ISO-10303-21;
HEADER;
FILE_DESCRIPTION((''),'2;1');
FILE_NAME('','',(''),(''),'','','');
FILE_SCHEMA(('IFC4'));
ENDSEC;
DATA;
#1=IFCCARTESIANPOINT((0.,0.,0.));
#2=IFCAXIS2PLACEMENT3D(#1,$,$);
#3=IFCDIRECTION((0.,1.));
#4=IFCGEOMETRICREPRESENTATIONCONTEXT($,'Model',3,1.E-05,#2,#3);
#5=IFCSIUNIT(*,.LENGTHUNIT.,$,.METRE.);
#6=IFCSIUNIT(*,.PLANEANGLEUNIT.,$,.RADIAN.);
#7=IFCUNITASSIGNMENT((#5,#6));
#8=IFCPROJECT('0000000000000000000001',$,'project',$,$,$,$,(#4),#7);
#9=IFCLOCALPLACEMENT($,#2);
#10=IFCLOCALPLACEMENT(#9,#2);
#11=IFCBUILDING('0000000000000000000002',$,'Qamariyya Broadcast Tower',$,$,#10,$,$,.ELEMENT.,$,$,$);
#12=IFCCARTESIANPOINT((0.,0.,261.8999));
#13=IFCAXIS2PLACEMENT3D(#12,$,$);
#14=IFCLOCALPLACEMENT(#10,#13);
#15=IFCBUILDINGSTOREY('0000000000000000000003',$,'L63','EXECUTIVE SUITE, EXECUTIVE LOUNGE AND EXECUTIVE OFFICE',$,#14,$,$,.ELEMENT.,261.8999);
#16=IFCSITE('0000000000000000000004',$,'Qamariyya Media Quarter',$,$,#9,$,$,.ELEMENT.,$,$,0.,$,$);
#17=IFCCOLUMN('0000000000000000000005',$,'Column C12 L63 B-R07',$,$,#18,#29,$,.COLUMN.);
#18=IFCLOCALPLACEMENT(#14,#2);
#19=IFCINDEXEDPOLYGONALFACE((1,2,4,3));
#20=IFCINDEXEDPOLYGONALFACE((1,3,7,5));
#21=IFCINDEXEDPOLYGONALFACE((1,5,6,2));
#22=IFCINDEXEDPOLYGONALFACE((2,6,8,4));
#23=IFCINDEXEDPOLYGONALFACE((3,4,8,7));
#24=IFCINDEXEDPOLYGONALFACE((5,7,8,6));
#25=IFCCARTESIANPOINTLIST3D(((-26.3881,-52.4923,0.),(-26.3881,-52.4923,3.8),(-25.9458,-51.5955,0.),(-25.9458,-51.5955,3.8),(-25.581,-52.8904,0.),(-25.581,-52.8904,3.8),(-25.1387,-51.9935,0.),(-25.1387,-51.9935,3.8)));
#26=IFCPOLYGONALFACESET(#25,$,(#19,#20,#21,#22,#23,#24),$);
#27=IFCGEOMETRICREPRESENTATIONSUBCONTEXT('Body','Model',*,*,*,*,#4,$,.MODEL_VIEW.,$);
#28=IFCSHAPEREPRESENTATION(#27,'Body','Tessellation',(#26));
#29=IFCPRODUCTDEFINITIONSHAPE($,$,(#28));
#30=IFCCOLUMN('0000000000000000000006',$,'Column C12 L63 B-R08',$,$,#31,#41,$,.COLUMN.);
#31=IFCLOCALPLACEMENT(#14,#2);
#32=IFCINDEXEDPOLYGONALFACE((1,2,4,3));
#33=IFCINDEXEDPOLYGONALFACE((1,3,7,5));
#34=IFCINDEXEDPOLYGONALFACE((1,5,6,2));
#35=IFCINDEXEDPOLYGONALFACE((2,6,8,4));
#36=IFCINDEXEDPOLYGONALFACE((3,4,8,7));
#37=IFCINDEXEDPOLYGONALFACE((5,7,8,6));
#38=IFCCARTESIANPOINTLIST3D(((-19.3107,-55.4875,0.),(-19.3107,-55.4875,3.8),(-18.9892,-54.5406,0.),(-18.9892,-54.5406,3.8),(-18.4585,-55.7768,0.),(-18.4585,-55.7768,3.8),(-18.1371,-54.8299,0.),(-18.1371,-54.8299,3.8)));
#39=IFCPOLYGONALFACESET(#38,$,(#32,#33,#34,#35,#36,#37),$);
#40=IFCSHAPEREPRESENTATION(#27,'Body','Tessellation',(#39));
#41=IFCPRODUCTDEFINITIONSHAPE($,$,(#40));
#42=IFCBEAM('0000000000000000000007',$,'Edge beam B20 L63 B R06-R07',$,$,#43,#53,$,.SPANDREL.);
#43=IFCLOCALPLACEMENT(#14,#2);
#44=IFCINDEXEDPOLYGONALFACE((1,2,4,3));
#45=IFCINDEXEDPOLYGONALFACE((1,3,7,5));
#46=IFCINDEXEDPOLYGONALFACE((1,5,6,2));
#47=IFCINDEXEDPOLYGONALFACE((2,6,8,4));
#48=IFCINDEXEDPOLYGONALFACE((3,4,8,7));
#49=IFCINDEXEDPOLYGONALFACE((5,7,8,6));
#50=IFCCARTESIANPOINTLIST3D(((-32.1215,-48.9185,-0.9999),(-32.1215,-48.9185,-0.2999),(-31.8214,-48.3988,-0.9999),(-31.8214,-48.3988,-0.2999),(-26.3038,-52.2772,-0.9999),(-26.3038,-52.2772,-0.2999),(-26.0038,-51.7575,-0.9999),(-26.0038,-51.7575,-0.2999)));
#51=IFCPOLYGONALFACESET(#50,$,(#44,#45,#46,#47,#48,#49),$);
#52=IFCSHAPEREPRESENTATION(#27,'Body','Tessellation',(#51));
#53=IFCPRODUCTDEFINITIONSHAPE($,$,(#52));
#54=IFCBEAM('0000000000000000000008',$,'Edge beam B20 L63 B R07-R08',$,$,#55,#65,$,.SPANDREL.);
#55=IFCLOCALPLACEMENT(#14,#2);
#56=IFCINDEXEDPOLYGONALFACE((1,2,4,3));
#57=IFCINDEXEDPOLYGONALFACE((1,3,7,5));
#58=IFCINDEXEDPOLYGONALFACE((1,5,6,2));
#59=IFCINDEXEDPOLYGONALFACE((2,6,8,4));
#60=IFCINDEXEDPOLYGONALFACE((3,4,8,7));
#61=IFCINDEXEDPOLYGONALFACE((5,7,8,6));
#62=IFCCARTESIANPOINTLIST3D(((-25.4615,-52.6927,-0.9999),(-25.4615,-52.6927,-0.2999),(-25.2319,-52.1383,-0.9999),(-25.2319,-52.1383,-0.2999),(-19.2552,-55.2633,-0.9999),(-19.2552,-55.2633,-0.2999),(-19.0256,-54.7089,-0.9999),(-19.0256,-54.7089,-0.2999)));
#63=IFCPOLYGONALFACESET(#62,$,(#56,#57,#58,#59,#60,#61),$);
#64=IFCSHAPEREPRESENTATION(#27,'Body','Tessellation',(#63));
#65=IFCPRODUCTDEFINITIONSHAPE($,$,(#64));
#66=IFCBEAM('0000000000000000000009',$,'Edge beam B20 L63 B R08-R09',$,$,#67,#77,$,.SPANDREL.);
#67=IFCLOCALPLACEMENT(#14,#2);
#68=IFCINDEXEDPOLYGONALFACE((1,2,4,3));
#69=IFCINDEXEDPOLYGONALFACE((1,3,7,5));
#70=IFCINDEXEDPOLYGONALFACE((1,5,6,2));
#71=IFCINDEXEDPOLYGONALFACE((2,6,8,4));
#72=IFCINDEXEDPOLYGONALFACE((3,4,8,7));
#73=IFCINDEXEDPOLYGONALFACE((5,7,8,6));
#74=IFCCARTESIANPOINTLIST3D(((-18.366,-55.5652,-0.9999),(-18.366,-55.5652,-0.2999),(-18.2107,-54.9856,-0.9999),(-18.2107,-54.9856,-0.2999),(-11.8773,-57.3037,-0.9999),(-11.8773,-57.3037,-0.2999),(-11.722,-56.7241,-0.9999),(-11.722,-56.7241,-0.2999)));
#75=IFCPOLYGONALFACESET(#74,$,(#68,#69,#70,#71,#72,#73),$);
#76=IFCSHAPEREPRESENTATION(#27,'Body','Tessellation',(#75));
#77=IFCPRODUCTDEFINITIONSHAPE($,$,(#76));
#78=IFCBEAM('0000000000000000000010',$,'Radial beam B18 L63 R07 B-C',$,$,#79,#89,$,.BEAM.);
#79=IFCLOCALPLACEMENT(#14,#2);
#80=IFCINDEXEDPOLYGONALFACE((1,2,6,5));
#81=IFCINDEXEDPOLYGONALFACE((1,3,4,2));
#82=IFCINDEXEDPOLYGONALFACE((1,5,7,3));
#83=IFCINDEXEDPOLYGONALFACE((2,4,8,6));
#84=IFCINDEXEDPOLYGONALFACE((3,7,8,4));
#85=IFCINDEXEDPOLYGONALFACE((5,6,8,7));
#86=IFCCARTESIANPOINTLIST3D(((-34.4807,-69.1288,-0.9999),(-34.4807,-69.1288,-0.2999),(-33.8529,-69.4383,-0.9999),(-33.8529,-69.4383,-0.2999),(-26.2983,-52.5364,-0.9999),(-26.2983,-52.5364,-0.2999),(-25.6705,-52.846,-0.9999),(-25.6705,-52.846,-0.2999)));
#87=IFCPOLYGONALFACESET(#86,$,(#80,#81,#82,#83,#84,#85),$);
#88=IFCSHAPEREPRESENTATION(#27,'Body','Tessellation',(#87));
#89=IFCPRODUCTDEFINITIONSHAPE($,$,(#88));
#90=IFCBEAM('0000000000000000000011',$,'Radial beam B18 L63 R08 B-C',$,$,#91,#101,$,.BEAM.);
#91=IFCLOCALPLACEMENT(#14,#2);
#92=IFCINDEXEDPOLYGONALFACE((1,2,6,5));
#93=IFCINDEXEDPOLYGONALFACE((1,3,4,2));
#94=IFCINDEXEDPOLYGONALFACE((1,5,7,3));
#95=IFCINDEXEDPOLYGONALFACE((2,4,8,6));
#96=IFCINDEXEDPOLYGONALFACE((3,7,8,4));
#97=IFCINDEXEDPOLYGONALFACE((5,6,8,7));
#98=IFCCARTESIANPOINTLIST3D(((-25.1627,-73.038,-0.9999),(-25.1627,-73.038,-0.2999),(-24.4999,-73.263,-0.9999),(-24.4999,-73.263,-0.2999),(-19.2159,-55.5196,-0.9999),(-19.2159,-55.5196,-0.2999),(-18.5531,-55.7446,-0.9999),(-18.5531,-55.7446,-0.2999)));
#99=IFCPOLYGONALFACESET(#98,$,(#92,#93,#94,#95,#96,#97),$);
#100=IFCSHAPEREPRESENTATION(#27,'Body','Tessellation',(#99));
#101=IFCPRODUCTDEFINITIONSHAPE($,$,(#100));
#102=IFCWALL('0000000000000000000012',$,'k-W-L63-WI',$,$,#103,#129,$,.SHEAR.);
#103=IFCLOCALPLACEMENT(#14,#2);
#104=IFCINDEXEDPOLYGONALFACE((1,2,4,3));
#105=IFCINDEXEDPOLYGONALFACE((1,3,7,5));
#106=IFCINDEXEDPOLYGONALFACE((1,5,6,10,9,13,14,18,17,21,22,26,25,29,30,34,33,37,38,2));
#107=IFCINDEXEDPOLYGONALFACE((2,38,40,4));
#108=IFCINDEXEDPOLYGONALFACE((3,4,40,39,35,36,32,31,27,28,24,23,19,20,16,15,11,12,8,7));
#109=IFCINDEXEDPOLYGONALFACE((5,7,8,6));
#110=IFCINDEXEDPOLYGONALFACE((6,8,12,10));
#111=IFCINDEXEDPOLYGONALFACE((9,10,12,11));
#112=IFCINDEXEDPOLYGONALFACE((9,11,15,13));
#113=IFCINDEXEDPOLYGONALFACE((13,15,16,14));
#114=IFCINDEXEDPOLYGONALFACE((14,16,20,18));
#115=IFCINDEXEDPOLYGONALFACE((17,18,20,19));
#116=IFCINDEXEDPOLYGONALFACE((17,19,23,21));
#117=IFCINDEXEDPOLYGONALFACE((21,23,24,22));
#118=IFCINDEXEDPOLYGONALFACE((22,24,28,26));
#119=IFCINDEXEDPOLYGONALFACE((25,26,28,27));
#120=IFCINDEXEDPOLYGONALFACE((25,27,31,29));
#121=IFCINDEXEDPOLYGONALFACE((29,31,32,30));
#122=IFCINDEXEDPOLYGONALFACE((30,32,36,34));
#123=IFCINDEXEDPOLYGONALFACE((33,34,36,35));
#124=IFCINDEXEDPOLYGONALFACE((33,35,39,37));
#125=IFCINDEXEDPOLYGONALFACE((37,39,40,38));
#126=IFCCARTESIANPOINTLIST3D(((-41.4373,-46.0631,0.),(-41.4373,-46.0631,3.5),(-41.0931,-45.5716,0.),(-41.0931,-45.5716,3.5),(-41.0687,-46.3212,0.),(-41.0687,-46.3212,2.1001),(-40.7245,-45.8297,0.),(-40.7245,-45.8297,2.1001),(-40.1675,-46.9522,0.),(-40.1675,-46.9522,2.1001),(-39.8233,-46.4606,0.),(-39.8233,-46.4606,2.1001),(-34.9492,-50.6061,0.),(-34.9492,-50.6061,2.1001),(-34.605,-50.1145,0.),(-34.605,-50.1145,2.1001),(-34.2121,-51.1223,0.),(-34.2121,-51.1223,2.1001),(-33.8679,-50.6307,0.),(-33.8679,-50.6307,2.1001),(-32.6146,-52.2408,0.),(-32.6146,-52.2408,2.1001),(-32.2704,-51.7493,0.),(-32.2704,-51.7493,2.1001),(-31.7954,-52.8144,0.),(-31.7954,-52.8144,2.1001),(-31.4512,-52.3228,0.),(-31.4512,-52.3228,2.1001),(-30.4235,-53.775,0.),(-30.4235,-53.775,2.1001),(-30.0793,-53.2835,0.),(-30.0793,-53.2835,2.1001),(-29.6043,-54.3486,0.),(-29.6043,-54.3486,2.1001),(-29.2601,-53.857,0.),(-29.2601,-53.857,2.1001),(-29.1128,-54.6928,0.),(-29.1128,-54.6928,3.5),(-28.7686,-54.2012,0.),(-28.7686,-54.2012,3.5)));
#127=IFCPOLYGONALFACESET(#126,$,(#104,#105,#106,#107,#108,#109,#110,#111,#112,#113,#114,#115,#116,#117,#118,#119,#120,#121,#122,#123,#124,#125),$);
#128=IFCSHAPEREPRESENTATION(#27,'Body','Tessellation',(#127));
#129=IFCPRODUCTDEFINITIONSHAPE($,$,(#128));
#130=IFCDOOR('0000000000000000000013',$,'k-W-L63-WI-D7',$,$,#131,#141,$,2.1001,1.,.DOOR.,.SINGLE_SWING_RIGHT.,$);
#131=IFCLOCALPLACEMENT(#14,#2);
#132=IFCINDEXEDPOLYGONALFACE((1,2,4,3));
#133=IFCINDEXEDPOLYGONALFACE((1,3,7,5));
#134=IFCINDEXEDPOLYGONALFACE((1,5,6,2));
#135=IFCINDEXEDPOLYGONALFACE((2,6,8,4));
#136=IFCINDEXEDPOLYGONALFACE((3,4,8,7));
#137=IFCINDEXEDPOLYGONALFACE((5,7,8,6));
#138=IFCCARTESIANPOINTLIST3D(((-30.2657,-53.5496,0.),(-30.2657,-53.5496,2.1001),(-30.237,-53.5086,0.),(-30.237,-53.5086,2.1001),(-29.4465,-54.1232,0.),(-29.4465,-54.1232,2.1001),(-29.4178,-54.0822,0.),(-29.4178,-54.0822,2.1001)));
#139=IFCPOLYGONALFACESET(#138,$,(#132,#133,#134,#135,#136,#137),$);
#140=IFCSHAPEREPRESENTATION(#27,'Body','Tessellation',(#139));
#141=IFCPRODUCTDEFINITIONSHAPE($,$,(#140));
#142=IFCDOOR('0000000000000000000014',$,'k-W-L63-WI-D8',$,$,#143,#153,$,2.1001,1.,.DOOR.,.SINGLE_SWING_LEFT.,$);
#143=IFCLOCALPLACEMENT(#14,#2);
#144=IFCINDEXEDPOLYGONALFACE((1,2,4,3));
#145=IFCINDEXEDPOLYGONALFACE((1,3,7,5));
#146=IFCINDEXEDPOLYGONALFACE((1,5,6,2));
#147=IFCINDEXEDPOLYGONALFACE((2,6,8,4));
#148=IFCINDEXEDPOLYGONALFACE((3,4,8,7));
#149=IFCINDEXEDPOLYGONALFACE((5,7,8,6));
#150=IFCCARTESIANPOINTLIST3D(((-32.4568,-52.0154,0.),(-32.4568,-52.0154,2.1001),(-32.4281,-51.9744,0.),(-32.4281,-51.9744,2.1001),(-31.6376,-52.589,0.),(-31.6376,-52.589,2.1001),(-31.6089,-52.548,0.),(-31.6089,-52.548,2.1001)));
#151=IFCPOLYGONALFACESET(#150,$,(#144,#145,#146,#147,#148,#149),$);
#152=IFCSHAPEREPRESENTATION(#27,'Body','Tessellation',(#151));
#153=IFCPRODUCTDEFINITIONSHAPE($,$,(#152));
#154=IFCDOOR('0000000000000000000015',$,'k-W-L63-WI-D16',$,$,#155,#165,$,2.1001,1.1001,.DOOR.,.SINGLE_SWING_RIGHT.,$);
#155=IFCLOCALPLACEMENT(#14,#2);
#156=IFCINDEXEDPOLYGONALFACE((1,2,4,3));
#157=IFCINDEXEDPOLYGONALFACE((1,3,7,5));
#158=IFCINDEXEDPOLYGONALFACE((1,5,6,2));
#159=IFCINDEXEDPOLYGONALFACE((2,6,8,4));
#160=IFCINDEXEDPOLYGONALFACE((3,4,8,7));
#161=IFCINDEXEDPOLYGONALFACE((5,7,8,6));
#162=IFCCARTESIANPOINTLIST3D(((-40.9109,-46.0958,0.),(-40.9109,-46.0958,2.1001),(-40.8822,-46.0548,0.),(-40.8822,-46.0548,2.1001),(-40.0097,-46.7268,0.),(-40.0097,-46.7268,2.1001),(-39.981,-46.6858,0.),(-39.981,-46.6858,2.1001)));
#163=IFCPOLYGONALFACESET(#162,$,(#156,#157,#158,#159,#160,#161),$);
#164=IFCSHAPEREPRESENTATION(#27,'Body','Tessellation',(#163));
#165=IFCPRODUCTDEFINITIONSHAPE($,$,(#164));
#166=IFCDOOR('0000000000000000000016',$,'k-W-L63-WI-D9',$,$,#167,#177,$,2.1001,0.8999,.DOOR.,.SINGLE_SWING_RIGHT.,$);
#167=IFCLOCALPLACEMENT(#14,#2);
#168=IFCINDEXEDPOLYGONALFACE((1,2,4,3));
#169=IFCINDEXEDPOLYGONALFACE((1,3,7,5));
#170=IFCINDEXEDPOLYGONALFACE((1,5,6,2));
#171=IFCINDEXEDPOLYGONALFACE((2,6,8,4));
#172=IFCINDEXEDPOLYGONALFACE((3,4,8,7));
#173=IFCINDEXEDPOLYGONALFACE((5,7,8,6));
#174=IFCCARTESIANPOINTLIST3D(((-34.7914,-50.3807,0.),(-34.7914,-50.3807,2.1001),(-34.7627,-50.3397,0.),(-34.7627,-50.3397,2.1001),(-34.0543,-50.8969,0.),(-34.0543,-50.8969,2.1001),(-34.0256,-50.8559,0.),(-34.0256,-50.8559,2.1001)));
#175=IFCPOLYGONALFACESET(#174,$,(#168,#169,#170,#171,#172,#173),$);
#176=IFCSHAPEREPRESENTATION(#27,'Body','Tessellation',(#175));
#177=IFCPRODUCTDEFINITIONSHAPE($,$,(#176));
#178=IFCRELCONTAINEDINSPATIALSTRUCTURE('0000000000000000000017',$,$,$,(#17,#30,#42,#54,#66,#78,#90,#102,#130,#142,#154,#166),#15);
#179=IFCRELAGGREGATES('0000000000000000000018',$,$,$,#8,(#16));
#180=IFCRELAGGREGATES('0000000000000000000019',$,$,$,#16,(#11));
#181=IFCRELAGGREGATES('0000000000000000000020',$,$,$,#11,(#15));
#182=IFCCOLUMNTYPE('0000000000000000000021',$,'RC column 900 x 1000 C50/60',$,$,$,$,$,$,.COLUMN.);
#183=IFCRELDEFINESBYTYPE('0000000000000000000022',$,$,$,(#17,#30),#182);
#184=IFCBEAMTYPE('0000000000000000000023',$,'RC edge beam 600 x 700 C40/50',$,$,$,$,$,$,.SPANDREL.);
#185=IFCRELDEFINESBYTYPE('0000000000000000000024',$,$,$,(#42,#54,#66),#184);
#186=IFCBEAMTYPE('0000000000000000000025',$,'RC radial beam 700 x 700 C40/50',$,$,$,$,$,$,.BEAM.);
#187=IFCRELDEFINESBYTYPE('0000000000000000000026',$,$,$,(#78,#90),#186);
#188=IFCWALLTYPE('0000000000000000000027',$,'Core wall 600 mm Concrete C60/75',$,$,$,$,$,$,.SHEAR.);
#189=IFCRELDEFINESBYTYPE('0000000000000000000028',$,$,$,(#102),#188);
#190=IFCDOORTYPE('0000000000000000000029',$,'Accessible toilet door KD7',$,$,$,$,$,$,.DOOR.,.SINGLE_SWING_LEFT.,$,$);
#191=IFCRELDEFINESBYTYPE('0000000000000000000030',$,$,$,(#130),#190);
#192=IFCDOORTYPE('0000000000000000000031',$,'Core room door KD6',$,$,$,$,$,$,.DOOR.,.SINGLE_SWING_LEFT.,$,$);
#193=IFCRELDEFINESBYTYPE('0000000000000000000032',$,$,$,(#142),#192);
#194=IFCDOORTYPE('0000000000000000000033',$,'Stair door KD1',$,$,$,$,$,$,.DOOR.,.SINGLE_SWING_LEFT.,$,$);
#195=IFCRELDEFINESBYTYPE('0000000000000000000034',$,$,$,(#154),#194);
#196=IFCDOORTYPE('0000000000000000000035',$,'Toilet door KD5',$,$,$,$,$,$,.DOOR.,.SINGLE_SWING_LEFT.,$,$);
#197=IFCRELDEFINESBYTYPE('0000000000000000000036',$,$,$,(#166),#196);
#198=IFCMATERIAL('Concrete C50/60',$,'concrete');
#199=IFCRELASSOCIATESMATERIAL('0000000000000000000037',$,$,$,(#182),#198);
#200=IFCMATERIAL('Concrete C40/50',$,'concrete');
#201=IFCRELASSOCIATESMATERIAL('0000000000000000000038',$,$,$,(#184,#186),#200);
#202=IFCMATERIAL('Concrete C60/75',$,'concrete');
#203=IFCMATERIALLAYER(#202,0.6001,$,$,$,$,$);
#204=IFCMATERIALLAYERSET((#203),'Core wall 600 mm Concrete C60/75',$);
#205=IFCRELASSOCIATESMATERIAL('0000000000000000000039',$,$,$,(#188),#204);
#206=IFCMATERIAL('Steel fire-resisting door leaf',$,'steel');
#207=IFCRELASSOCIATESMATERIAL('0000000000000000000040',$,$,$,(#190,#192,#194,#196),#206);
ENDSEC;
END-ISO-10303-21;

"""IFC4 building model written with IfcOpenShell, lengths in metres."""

from ifc_helpers import new_model, si_unit, direction, frame, frame_2d, origin, origin_2d, place, context, subcontext, project, spatial, rectangle, extrude, material, layer, layer_set, material_profile, profile_set, type_object, element, fill, save


model = new_model("IFC4")

# Units and contexts
model_context = context("Model", 3, precision=1e-05, world=origin(), true_north=direction((0.0, 1.0)))
body_context = subcontext(model_context, "Body", "Model", "MODEL_VIEW")
ifc_project = project(units=[si_unit("LENGTHUNIT", "METRE"), si_unit("PLANEANGLEUNIT", "RADIAN")], contexts=[model_context])

# Site, building, storey
site_placement = place(None, origin())
site = spatial("IfcSite", under=ifc_project, at=site_placement, Name="Qamariyya Media Quarter", CompositionType="ELEMENT", RefElevation=0.0)
building_placement = place(site_placement, origin())
building = spatial("IfcBuilding", under=site, at=building_placement, Name="Qamariyya Broadcast Tower", CompositionType="ELEMENT")
storey_placement = place(building_placement, frame((0.0, 0.0, 261.8999)))
storey = spatial("IfcBuildingStorey", under=building, at=storey_placement, Name="L63", Description="EXECUTIVE SUITE, EXECUTIVE LOUNGE AND EXECUTIVE OFFICE", CompositionType="ELEMENT", Elevation=261.8999)

# Columns
ifc_material_1 = material(Name="Concrete C50/60", Category="concrete")
ifc_material_profile_1 = material_profile(ifc_material_1, rectangle(XDim=0.8999, YDim=1.0, at=origin_2d()))
ifc_profile_set_1 = profile_set([ifc_material_profile_1], Name="Concrete C50/60")
column_type = type_object("IfcColumnType", Name="RC column 900 x 1000 C50/60", PredefinedType="COLUMN", material=ifc_profile_set_1)
for number, where, z_axis, x_axis, name in (
    (1, (-25.7634, -52.2429, 0.0), (0.0, 0.0, 1.0), (0.896873, -0.442289, 0.0), "Column C12 L63 B-R07"),
    (2, (-18.7239, -55.1587, 0.0), (0.0, 0.0, 1.0), (0.94693, -0.321439, 0.0), "Column C12 L63 B-R08"),
):
    element("IfcColumn", number, at=place(storey_placement, frame(where, z_axis=z_axis, x_axis=x_axis)), inside=storey, type_object=column_type, Name=name, PredefinedType="COLUMN", context=body_context, shape_type="SweptSolid", body=[
        extrude(rectangle(XDim=0.8999, YDim=1.0, at=origin_2d()), origin(), (0.0, 0.0, 1.0), 3.8),
    ])

# Beams
ifc_material_2 = material(Name="Concrete C40/50", Category="concrete")
ifc_material_profile_2 = material_profile(ifc_material_2, rectangle(XDim=0.6001, YDim=0.7, at=origin_2d()))
ifc_profile_set_2 = profile_set([ifc_material_profile_2], Name="Concrete C40/50")
beam_type_1 = type_object("IfcBeamType", Name="RC edge beam 600 x 700 C40/50", PredefinedType="SPANDREL", material=ifc_profile_set_2)
for number, where, z_axis, x_axis, name in (
    (3, (-31.9714, -48.6587, -0.6499), (0.866036, -0.499981, 0.0), (0.499981, 0.866036, 0.0), "Edge beam B20 L63 B R06-R07"),
    (4, (-25.3467, -52.4155, -0.6499), (0.923889, -0.382661, 0.0), (0.382661, 0.923889, 0.0), "Edge beam B20 L63 B R07-R08"),
    (5, (-18.2883, -55.2754, -0.6499), (0.965931, -0.2588, 0.0), (0.2588, 0.965931, 0.0), "Edge beam B20 L63 B R08-R09"),
):
    element("IfcBeam", number, at=place(storey_placement, frame(where, z_axis=z_axis, x_axis=x_axis)), inside=storey, type_object=beam_type_1, Name=name, PredefinedType="SPANDREL", context=body_context, shape_type="SweptSolid", body=[
        extrude(rectangle(XDim=0.6001, YDim=0.7, at=origin_2d()), origin(), (0.0, 0.0, 1.0), 6.7175),
    ])
ifc_material_profile_3 = material_profile(ifc_material_2, rectangle(XDim=0.7, YDim=0.7, at=origin_2d()))
ifc_profile_set_3 = profile_set([ifc_material_profile_3], Name="Concrete C40/50")
beam_type_2 = type_object("IfcBeamType", Name="RC radial beam 700 x 700 C40/50", PredefinedType="BEAM", material=ifc_profile_set_3)
for number, where, z_axis, x_axis, name in (
    (6, (-25.9844, -52.6912, -0.6499), (-0.442287, -0.896874, 0.0), (0.896874, -0.442287, 0.0), "Radial beam B18 L63 R07 B-C"),
    (7, (-18.8845, -55.6321, -0.6499), (-0.321445, -0.946928, 0.0), (0.946928, -0.321445, 0.0), "Radial beam B18 L63 R08 B-C"),
):
    element("IfcBeam", number, at=place(storey_placement, frame(where, z_axis=z_axis, x_axis=x_axis)), inside=storey, type_object=beam_type_2, Name=name, PredefinedType="BEAM", context=body_context, shape_type="SweptSolid", body=[
        extrude(rectangle(XDim=0.7, YDim=0.7, at=origin_2d()), origin(), (0.0, 0.0, 1.0), 18.5002),
    ])

# Wall, openings, doors
ifc_material_3 = material(Name="Concrete C60/75", Category="concrete")
ifc_layer_1 = layer(ifc_material_3, 0.6001)
ifc_layer_set_1 = layer_set([ifc_layer_1], Name="Core wall 600 mm Concrete C60/75")
wall_type_1 = type_object("IfcWallType", Name="Core wall 600 mm Concrete C60/75", PredefinedType="SHEAR", material=ifc_layer_set_1)
wall_1_placement = place(storey_placement, frame((-28.9407, -54.447, 0.0), z_axis=(0.0, 0.0, 1.0), x_axis=(-0.819153, 0.573575, 0.0)))
wall_1 = element("IfcWall", 8, at=wall_1_placement, inside=storey, type_object=wall_type_1, Name="k-W-L63-WI", PredefinedType="SHEAR", context=body_context, shape_type="SweptSolid", body=[
    extrude(rectangle(XDim=15.0454, YDim=0.6001, at=frame_2d((7.5227, 0.0))), origin(), (0.0, 0.0, 1.0), 3.5),
])
opening_1_placement = place(wall_1_placement, frame((0.6001, 0.0, 0.0)))
opening_1 = element("IfcOpeningElement", 9, at=opening_1_placement, cuts=wall_1, PredefinedType="OPENING", context=body_context, shape_type="SweptSolid", body=[
    extrude(rectangle(XDim=1.0, YDim=2.1001, at=frame_2d((0.5, 1.05))), frame((0.0, 0.3101, 0.0), z_axis=(0.0, -1.0, 0.0), x_axis=(1.0, 0.0, 0.0)), (0.0, 0.0, 1.0), 0.6201),
])
opening_2_placement = place(wall_1_placement, frame((3.2749, 0.0, 0.0)))
opening_2 = element("IfcOpeningElement", 10, at=opening_2_placement, cuts=wall_1, PredefinedType="OPENING", context=body_context, shape_type="SweptSolid", body=[
    extrude(rectangle(XDim=1.0, YDim=2.1001, at=frame_2d((0.5, 1.05))), frame((0.0, 0.3101, 0.0), z_axis=(0.0, -1.0, 0.0), x_axis=(1.0, 0.0, 0.0)), (0.0, 0.0, 1.0), 0.6201),
])
opening_3_placement = place(wall_1_placement, frame((6.2251, 0.0, 0.0)))
opening_3 = element("IfcOpeningElement", 11, at=opening_3_placement, cuts=wall_1, PredefinedType="OPENING", context=body_context, shape_type="SweptSolid", body=[
    extrude(rectangle(XDim=0.8999, YDim=2.1001, at=frame_2d((0.45, 1.05))), frame((0.0, 0.3101, 0.0), z_axis=(0.0, -1.0, 0.0), x_axis=(1.0, 0.0, 0.0)), (0.0, 0.0, 1.0), 0.6201),
])
opening_4_placement = place(wall_1_placement, frame((13.4954, 0.0, 0.0)))
opening_4 = element("IfcOpeningElement", 12, at=opening_4_placement, cuts=wall_1, PredefinedType="OPENING", context=body_context, shape_type="SweptSolid", body=[
    extrude(rectangle(XDim=1.1001, YDim=2.1001, at=frame_2d((0.55, 1.05))), frame((0.0, 0.3101, 0.0), z_axis=(0.0, -1.0, 0.0), x_axis=(1.0, 0.0, 0.0)), (0.0, 0.0, 1.0), 0.6201),
])
ifc_material_4 = material(Name="Steel fire-resisting door leaf", Category="steel")
door_type_1 = type_object("IfcDoorType", Name="Accessible toilet door KD7", OperationType="SINGLE_SWING_LEFT", PredefinedType="DOOR", material=ifc_material_4)
door_1_placement = place(opening_1_placement, origin())
door_1 = element("IfcDoor", 13, at=door_1_placement, inside=storey, type_object=door_type_1, Name="k-W-L63-WI-D7", OperationType="SINGLE_SWING_RIGHT", OverallHeight=2.1001, OverallWidth=1.0, PredefinedType="DOOR", context=body_context, shape_type="SweptSolid", body=[
    extrude(rectangle(XDim=1.0, YDim=2.1001, at=frame_2d((0.5, 1.05))), frame((0.0, 0.0249, 0.0), z_axis=(0.0, -1.0, 0.0), x_axis=(1.0, 0.0, 0.0)), (0.0, 0.0, 1.0), 0.05),
])
fill(opening_1, door_1)
door_type_2 = type_object("IfcDoorType", Name="Core room door KD6", OperationType="SINGLE_SWING_LEFT", PredefinedType="DOOR", material=ifc_material_4)
door_2_placement = place(opening_2_placement, origin())
door_2 = element("IfcDoor", 14, at=door_2_placement, inside=storey, type_object=door_type_2, Name="k-W-L63-WI-D8", OperationType="SINGLE_SWING_LEFT", OverallHeight=2.1001, OverallWidth=1.0, PredefinedType="DOOR", context=body_context, shape_type="SweptSolid", body=[
    extrude(rectangle(XDim=1.0, YDim=2.1001, at=frame_2d((0.5, 1.05))), frame((0.0, 0.0249, 0.0), z_axis=(0.0, -1.0, 0.0), x_axis=(1.0, 0.0, 0.0)), (0.0, 0.0, 1.0), 0.05),
])
fill(opening_2, door_2)
door_type_3 = type_object("IfcDoorType", Name="Stair door KD1", OperationType="SINGLE_SWING_LEFT", PredefinedType="DOOR", material=ifc_material_4)
door_3_placement = place(opening_4_placement, origin())
door_3 = element("IfcDoor", 15, at=door_3_placement, inside=storey, type_object=door_type_3, Name="k-W-L63-WI-D16", OperationType="SINGLE_SWING_RIGHT", OverallHeight=2.1001, OverallWidth=1.1001, PredefinedType="DOOR", context=body_context, shape_type="SweptSolid", body=[
    extrude(rectangle(XDim=1.1001, YDim=2.1001, at=frame_2d((0.55, 1.05))), frame((0.0, 0.0249, 0.0), z_axis=(0.0, -1.0, 0.0), x_axis=(1.0, 0.0, 0.0)), (0.0, 0.0, 1.0), 0.05),
])
fill(opening_4, door_3)
door_type_4 = type_object("IfcDoorType", Name="Toilet door KD5", OperationType="SINGLE_SWING_LEFT", PredefinedType="DOOR", material=ifc_material_4)
door_4_placement = place(opening_3_placement, origin())
door_4 = element("IfcDoor", 16, at=door_4_placement, inside=storey, type_object=door_type_4, Name="k-W-L63-WI-D9", OperationType="SINGLE_SWING_RIGHT", OverallHeight=2.1001, OverallWidth=0.8999, PredefinedType="DOOR", context=body_context, shape_type="SweptSolid", body=[
    extrude(rectangle(XDim=0.8999, YDim=2.1001, at=frame_2d((0.45, 1.05))), frame((0.0, 0.0249, 0.0), z_axis=(0.0, -1.0, 0.0), x_axis=(1.0, 0.0, 0.0)), (0.0, 0.0, 1.0), 0.05),
])
fill(opening_3, door_4)

save(model, "model.ifc")
